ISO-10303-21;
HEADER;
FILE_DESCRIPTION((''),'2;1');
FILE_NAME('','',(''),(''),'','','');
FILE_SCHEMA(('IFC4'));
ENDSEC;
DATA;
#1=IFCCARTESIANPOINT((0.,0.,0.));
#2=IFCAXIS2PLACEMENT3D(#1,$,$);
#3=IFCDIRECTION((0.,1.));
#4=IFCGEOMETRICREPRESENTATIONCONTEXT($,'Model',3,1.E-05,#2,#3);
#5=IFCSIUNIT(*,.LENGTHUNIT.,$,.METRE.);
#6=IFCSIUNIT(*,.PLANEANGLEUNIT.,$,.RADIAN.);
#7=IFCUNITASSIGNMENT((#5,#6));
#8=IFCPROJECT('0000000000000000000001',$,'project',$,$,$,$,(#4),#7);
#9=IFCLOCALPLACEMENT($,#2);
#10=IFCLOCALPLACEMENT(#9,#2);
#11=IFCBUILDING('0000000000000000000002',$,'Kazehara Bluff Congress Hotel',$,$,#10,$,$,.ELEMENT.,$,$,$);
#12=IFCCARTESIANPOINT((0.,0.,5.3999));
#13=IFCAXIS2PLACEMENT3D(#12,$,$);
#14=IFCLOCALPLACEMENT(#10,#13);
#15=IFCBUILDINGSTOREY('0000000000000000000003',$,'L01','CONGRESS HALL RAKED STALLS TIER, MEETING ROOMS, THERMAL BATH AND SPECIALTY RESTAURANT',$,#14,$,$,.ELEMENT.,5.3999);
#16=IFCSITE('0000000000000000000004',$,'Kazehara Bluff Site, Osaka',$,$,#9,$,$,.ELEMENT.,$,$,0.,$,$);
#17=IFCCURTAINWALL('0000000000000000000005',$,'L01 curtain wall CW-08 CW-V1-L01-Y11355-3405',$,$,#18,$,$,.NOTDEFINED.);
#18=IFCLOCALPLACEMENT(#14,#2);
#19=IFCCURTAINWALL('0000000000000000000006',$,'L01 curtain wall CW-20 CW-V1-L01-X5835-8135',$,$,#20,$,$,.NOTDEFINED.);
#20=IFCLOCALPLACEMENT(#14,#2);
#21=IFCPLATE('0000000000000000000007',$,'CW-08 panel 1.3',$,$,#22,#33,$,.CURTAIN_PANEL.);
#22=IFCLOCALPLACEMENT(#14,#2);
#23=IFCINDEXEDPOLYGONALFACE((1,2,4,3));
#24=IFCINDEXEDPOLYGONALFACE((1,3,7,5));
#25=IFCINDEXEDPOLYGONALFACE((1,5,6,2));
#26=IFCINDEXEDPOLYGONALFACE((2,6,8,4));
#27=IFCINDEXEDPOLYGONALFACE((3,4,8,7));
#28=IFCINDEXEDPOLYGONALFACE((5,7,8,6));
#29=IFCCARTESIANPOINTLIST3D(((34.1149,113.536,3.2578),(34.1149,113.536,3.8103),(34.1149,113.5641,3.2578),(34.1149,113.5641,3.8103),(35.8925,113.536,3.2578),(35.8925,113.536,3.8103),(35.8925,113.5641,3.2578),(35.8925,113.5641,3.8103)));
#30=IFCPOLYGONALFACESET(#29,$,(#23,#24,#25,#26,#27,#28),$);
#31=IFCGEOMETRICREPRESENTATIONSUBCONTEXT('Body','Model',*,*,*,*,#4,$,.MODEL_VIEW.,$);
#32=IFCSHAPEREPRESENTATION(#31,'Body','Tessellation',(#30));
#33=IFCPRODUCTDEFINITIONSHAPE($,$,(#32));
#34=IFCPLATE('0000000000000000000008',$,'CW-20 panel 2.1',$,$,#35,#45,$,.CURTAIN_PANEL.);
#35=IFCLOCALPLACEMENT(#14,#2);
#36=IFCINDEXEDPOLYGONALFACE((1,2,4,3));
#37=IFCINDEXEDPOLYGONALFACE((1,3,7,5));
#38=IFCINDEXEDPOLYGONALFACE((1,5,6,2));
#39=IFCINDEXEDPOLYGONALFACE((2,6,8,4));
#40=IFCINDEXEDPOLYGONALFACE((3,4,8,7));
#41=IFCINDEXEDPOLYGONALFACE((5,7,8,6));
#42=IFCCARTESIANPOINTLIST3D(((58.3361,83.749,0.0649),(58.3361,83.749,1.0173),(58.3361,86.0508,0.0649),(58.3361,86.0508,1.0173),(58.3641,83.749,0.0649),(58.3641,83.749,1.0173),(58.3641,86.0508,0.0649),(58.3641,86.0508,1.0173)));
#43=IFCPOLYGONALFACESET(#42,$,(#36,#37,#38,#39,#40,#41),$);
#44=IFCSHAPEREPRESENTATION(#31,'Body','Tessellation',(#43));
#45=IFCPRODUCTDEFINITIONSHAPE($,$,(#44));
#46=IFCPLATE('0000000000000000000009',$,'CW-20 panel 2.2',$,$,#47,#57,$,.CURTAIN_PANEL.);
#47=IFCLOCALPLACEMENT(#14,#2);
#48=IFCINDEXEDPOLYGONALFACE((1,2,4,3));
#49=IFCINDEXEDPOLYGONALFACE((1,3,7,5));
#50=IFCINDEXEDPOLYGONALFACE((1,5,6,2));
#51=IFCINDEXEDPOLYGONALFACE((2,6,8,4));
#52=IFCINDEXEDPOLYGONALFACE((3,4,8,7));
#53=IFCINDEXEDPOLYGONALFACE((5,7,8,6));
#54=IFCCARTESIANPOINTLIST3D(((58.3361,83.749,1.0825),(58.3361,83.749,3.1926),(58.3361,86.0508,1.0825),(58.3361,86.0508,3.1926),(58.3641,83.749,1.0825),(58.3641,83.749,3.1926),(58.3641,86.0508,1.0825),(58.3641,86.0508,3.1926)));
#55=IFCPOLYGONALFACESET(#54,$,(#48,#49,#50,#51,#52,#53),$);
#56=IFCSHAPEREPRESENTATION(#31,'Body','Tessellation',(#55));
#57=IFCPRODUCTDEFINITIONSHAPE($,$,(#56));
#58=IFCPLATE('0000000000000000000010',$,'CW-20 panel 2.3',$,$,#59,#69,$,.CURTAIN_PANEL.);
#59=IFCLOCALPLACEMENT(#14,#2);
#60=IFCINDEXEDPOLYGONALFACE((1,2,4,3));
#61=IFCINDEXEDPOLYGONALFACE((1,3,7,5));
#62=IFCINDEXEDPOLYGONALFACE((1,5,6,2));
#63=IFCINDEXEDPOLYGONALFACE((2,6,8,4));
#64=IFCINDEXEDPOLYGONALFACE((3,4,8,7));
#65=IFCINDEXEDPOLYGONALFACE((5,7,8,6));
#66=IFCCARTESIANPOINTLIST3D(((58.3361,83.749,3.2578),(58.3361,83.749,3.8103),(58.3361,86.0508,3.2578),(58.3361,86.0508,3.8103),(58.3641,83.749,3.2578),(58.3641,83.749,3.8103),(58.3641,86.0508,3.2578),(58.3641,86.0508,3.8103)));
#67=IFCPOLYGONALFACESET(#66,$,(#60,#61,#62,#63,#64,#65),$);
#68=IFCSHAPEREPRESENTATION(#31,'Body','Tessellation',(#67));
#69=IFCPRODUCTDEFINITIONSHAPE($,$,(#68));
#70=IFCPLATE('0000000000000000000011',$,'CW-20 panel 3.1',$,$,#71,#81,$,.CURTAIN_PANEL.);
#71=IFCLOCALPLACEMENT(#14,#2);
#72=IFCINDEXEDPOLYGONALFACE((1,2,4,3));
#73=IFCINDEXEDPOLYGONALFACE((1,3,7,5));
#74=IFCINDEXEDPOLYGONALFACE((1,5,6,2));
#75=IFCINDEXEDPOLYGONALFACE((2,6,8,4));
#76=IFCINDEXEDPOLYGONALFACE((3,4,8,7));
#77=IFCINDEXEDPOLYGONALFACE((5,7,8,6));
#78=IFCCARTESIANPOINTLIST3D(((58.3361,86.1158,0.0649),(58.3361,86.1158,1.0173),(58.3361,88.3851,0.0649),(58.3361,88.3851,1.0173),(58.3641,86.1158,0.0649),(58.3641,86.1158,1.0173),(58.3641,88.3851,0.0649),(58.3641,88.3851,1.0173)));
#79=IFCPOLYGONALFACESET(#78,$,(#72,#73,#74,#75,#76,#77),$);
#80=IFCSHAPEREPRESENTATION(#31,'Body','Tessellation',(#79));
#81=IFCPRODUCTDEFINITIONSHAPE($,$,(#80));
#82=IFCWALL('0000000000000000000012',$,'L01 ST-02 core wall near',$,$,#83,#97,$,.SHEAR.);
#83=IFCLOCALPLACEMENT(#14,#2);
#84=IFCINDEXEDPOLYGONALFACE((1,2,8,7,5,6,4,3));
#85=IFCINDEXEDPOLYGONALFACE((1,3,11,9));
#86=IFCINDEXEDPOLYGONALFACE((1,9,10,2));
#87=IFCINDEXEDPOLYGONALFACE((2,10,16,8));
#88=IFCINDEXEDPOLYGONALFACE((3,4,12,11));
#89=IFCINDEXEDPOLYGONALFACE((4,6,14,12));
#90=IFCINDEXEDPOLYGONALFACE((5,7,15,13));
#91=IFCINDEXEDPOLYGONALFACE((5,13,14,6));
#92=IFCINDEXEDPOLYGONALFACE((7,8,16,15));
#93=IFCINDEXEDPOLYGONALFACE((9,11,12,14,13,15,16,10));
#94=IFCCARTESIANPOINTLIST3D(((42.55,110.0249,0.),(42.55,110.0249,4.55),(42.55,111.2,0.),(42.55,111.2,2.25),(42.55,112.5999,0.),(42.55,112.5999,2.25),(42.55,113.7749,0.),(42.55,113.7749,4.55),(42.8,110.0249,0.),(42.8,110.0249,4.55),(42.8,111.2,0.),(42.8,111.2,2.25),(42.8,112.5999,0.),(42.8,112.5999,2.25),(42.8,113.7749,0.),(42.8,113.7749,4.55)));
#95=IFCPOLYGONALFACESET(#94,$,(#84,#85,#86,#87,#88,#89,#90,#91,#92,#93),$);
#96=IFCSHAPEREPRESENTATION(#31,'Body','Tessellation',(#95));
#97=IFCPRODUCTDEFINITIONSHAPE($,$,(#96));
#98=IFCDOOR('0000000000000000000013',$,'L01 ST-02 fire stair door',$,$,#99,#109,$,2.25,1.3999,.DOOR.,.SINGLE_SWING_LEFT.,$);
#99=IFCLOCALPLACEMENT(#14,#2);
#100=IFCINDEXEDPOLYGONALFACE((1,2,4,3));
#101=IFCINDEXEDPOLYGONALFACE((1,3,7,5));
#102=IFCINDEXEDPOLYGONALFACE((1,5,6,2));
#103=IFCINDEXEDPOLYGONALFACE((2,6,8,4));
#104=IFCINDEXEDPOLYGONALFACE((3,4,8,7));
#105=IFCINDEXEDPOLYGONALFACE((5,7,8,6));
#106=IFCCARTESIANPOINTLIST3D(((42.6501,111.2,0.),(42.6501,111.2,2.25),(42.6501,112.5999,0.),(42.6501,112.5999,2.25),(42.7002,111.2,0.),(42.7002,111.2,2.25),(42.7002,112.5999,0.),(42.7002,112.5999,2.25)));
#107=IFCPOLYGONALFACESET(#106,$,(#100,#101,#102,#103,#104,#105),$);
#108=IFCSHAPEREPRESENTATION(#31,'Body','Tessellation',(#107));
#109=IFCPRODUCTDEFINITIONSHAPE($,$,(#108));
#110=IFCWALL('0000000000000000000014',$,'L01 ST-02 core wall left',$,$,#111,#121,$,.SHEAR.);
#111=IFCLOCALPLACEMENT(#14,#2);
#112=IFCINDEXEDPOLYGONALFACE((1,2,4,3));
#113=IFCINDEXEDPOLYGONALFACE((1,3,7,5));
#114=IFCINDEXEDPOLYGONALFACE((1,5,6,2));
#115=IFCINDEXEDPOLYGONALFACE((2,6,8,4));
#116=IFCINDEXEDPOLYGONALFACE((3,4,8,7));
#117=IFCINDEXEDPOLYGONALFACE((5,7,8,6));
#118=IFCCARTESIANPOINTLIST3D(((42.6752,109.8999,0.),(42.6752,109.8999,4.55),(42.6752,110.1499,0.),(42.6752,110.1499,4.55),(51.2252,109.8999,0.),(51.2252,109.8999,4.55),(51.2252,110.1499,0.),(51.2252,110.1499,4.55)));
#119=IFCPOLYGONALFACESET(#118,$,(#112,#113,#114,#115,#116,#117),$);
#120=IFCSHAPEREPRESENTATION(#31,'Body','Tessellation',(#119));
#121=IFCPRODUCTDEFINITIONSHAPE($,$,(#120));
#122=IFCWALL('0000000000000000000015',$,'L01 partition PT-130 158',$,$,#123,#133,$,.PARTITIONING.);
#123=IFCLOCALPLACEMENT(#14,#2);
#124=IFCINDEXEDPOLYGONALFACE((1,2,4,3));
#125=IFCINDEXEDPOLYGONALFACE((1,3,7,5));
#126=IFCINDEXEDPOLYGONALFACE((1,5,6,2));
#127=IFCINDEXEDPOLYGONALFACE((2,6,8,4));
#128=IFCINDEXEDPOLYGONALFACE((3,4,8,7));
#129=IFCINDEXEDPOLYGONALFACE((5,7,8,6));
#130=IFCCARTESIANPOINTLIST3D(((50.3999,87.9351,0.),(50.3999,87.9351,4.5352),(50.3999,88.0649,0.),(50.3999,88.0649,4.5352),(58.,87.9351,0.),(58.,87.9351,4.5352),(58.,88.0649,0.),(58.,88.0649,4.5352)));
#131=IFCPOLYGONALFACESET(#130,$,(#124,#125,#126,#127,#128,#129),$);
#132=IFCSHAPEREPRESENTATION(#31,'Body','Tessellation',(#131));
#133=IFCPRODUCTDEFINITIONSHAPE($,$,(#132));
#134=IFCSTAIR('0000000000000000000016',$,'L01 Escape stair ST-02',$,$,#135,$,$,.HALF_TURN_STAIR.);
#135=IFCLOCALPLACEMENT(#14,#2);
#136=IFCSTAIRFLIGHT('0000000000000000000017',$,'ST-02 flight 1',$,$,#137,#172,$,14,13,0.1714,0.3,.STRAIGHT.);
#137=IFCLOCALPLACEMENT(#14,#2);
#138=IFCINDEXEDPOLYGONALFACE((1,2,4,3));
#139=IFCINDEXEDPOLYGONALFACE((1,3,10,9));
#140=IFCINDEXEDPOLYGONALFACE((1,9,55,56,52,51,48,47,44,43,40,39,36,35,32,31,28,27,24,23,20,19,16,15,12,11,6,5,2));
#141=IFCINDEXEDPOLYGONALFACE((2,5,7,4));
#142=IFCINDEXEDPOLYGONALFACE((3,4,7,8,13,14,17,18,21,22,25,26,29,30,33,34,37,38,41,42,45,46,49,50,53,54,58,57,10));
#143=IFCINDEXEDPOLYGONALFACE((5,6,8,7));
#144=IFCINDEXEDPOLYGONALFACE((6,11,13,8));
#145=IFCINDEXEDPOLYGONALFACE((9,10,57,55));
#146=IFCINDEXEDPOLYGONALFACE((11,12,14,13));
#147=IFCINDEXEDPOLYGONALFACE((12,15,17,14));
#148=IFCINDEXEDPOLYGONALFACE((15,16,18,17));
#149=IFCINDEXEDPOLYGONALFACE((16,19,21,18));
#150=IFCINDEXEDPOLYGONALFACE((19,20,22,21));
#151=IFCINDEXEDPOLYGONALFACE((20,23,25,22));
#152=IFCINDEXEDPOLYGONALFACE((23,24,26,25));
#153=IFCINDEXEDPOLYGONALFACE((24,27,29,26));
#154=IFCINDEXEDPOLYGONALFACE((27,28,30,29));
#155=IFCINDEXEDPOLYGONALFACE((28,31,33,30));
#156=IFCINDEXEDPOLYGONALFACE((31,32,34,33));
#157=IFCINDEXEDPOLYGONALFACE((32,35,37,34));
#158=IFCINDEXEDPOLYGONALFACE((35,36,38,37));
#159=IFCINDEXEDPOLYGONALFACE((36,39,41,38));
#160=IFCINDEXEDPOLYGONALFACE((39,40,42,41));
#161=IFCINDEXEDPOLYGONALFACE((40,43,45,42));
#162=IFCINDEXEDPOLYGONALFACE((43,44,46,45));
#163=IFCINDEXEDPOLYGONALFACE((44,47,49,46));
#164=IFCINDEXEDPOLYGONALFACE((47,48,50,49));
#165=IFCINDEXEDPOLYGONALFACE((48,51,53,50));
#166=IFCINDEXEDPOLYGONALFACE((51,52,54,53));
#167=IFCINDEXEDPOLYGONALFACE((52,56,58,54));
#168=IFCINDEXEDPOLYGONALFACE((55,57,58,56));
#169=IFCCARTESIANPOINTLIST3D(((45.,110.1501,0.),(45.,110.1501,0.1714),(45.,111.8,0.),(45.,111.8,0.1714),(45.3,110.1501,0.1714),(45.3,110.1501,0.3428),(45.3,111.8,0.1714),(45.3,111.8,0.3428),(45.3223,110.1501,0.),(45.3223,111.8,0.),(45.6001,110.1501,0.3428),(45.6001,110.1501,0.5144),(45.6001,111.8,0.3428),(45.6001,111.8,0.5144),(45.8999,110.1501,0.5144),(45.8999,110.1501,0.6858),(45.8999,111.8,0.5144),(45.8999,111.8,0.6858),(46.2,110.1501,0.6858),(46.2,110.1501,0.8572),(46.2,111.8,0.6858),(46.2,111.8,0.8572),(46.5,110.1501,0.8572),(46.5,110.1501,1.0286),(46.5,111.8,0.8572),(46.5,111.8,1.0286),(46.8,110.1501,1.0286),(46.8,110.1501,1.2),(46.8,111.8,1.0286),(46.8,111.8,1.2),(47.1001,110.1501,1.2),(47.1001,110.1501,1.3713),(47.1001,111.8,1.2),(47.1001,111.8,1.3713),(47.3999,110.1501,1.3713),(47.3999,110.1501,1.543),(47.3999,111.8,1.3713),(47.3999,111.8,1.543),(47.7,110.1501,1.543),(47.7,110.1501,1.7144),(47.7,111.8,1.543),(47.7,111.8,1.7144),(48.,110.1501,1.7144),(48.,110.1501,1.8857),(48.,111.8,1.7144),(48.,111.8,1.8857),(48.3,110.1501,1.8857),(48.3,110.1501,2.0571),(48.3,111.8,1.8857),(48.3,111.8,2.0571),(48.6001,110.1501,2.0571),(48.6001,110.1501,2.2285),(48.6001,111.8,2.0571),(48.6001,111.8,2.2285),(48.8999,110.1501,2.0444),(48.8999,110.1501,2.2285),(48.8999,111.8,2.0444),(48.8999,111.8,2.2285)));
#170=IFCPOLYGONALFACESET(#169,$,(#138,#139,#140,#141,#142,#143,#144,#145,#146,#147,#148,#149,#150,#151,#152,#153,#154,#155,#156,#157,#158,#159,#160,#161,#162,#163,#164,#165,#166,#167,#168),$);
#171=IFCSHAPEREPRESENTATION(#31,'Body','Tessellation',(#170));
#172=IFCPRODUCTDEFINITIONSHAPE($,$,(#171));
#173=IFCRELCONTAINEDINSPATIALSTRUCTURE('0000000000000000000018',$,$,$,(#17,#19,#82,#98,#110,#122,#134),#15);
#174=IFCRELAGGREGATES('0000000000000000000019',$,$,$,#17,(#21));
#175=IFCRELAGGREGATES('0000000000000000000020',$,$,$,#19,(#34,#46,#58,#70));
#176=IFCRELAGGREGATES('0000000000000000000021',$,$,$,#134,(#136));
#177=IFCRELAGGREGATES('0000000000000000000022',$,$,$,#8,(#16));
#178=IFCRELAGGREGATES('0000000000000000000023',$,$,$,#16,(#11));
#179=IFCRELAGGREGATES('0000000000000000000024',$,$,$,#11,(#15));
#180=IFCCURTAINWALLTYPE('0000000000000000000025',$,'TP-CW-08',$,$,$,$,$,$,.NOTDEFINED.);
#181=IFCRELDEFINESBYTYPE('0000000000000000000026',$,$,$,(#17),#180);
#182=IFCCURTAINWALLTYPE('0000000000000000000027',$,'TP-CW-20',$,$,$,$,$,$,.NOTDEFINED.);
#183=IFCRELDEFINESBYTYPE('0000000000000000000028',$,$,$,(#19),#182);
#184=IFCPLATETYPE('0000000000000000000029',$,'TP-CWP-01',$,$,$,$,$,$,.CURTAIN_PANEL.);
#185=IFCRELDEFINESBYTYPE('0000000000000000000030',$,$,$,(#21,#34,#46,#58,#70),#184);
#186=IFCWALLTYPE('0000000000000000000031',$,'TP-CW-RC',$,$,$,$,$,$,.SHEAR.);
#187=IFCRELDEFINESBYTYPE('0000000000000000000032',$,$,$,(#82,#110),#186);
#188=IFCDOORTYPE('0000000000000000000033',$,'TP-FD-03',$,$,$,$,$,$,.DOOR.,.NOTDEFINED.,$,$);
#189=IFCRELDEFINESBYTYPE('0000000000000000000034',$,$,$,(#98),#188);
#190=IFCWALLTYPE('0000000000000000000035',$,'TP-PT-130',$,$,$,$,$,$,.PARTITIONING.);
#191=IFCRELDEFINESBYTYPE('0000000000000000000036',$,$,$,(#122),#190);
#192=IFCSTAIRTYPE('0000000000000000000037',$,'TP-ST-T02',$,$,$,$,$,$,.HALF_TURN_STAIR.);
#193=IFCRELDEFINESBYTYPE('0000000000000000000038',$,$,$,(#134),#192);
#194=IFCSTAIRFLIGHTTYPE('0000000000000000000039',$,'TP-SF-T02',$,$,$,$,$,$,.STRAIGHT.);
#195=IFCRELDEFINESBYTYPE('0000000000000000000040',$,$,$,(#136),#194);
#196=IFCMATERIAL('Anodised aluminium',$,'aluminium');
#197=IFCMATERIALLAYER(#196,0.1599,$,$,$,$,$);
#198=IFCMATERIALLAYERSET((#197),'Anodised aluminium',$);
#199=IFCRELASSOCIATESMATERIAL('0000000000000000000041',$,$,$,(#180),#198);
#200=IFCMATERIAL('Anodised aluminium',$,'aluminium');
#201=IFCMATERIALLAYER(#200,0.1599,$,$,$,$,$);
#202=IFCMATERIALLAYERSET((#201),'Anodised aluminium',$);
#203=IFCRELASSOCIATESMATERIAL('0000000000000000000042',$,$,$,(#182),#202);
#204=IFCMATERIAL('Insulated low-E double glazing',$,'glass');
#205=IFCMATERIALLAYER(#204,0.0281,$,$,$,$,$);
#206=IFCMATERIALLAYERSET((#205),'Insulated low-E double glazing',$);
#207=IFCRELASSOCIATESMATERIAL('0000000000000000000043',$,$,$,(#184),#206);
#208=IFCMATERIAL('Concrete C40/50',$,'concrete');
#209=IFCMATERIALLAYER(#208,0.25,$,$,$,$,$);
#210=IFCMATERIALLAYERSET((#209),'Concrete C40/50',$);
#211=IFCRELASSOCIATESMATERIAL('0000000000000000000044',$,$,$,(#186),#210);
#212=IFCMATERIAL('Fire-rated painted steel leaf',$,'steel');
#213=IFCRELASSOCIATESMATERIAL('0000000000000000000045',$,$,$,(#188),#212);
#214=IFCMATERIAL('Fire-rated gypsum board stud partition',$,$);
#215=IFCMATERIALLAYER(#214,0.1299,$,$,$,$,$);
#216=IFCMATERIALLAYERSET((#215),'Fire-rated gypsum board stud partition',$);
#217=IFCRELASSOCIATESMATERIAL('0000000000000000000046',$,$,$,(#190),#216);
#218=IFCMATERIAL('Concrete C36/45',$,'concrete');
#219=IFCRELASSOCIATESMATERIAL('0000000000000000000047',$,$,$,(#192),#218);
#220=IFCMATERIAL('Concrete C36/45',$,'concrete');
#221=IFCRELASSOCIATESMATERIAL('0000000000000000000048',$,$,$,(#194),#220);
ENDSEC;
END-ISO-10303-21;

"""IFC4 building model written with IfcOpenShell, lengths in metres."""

from ifc_helpers import new_model, si_unit, direction, frame, frame_2d, origin, origin_2d, place, context, subcontext, project, spatial, polyline, rectangle, outline, extrude, material, layer, layer_set, type_object, element, fill, aggregate, save


model = new_model("IFC4")

# Units and contexts
model_context = context("Model", 3, precision=1e-05, world=origin(), true_north=direction((0.0, 1.0)))
body_context = subcontext(model_context, "Body", "Model", "MODEL_VIEW")
ifc_project = project(units=[si_unit("LENGTHUNIT", "METRE"), si_unit("PLANEANGLEUNIT", "RADIAN")], contexts=[model_context])

# Site, building, storey
site_placement = place(None, origin())
site = spatial("IfcSite", under=ifc_project, at=site_placement, Name="Kazehara Bluff Site, Osaka", CompositionType="ELEMENT", RefElevation=0.0)
building_placement = place(site_placement, origin())
building = spatial("IfcBuilding", under=site, at=building_placement, Name="Kazehara Bluff Congress Hotel", CompositionType="ELEMENT")
storey_placement = place(building_placement, frame((0.0, 0.0, 5.3999)))
storey = spatial("IfcBuildingStorey", under=building, at=storey_placement, Name="L01", Description="CONGRESS HALL RAKED STALLS TIER, MEETING ROOMS, THERMAL BATH AND SPECIALTY RESTAURANT", CompositionType="ELEMENT", Elevation=5.3999)

# Curtain walls
ifc_material_1 = material(Name="Anodised aluminium", Category="aluminium")
ifc_layer_1 = layer(ifc_material_1, 0.1599)
ifc_layer_set_1 = layer_set([ifc_layer_1], Name="Anodised aluminium")
curtain_wall_type_1 = type_object("IfcCurtainWallType", Name="TP-CW-08", PredefinedType="NOTDEFINED", material=ifc_layer_set_1)
curtain_wall_1_placement = place(storey_placement, origin())
curtain_wall_1 = element("IfcCurtainWall", 1, at=curtain_wall_1_placement, inside=storey, type_object=curtain_wall_type_1, Name="L01 curtain wall CW-08 CW-V1-L01-Y11355-3405", PredefinedType="NOTDEFINED")
ifc_material_2 = material(Name="Anodised aluminium", Category="aluminium")
ifc_layer_2 = layer(ifc_material_2, 0.1599)
ifc_layer_set_2 = layer_set([ifc_layer_2], Name="Anodised aluminium")
curtain_wall_type_2 = type_object("IfcCurtainWallType", Name="TP-CW-20", PredefinedType="NOTDEFINED", material=ifc_layer_set_2)
curtain_wall_2_placement = place(storey_placement, origin())
curtain_wall_2 = element("IfcCurtainWall", 2, at=curtain_wall_2_placement, inside=storey, type_object=curtain_wall_type_2, Name="L01 curtain wall CW-20 CW-V1-L01-X5835-8135", PredefinedType="NOTDEFINED")

# Plates
ifc_material_3 = material(Name="Insulated low-E double glazing", Category="glass")
ifc_layer_3 = layer(ifc_material_3, 0.0281)
ifc_layer_set_3 = layer_set([ifc_layer_3], Name="Insulated low-E double glazing")
plate_type = type_object("IfcPlateType", Name="TP-CWP-01", PredefinedType="CURTAIN_PANEL", material=ifc_layer_set_3)
plate_1_placement = place(storey_placement, frame((35.0037, 113.55, 3.2578), z_axis=(0.0, 0.0, 1.0), x_axis=(1.0, 0.0, 0.0)))
plate_1 = element("IfcPlate", 3, at=plate_1_placement, type_object=plate_type, Name="CW-08 panel 1.3", PredefinedType="CURTAIN_PANEL", context=body_context, shape_type="SweptSolid", body=[
    extrude(rectangle(XDim=1.7776, YDim=0.0281, at=origin_2d()), origin(), (0.0, 0.0, 1.0), 0.5525),
])
aggregate(curtain_wall_1, [plate_1])
plate_2_placement = place(storey_placement, frame((58.3501, 84.8999, 0.0649), z_axis=(0.0, 0.0, 1.0), x_axis=(0.0, 1.0, 0.0)))
plate_2 = element("IfcPlate", 4, at=plate_2_placement, type_object=plate_type, Name="CW-20 panel 2.1", PredefinedType="CURTAIN_PANEL", context=body_context, shape_type="SweptSolid", body=[
    extrude(rectangle(XDim=2.3018, YDim=0.0281, at=origin_2d()), origin(), (0.0, 0.0, 1.0), 0.9524),
])
plate_3_placement = place(storey_placement, frame((58.3501, 84.8999, 1.0825), z_axis=(0.0, 0.0, 1.0), x_axis=(0.0, 1.0, 0.0)))
plate_3 = element("IfcPlate", 5, at=plate_3_placement, type_object=plate_type, Name="CW-20 panel 2.2", PredefinedType="CURTAIN_PANEL", context=body_context, shape_type="SweptSolid", body=[
    extrude(rectangle(XDim=2.3018, YDim=0.0281, at=origin_2d()), origin(), (0.0, 0.0, 1.0), 2.1101),
])
plate_4_placement = place(storey_placement, frame((58.3501, 84.8999, 3.2578), z_axis=(0.0, 0.0, 1.0), x_axis=(0.0, 1.0, 0.0)))
plate_4 = element("IfcPlate", 6, at=plate_4_placement, type_object=plate_type, Name="CW-20 panel 2.3", PredefinedType="CURTAIN_PANEL", context=body_context, shape_type="SweptSolid", body=[
    extrude(rectangle(XDim=2.3018, YDim=0.0281, at=origin_2d()), origin(), (0.0, 0.0, 1.0), 0.5525),
])
plate_5_placement = place(storey_placement, frame((58.3501, 87.2505, 0.0649), z_axis=(0.0, 0.0, 1.0), x_axis=(0.0, 1.0, 0.0)))
plate_5 = element("IfcPlate", 7, at=plate_5_placement, type_object=plate_type, Name="CW-20 panel 3.1", PredefinedType="CURTAIN_PANEL", context=body_context, shape_type="SweptSolid", body=[
    extrude(rectangle(XDim=2.2693, YDim=0.0281, at=origin_2d()), origin(), (0.0, 0.0, 1.0), 0.9524),
])
aggregate(curtain_wall_2, [plate_2, plate_3, plate_4, plate_5])

# Wall, opening, door
ifc_material_4 = material(Name="Concrete C40/50", Category="concrete")
ifc_layer_4 = layer(ifc_material_4, 0.25)
ifc_layer_set_4 = layer_set([ifc_layer_4], Name="Concrete C40/50")
wall_type_1 = type_object("IfcWallType", Name="TP-CW-RC", PredefinedType="SHEAR", material=ifc_layer_set_4)
wall_1_placement = place(storey_placement, frame((42.675, 110.0249, 0.0), z_axis=(0.0, 0.0, 1.0), x_axis=(0.0, 1.0, 0.0)))
wall_1 = element("IfcWall", 8, at=wall_1_placement, inside=storey, type_object=wall_type_1, Name="L01 ST-02 core wall near", PredefinedType="SHEAR", context=body_context, shape_type="SweptSolid", body=[
    extrude(rectangle(XDim=3.75, YDim=0.25, at=frame_2d((1.875, 0.0))), origin(), (0.0, 0.0, 1.0), 4.55),
])
opening_placement = place(wall_1_placement, frame((1.175, 0.0, 0.0)))
opening = element("IfcOpeningElement", 9, at=opening_placement, cuts=wall_1, PredefinedType="OPENING", context=body_context, shape_type="SweptSolid", body=[
    extrude(rectangle(XDim=1.3999, YDim=2.25, at=frame_2d((0.7, 1.125))), frame((0.0, 0.135, 0.0), z_axis=(0.0, -1.0, 0.0), x_axis=(1.0, 0.0, 0.0)), (0.0, 0.0, 1.0), 0.27),
])
ifc_material_5 = material(Name="Fire-rated painted steel leaf", Category="steel")
door_type = type_object("IfcDoorType", Name="TP-FD-03", OperationType="NOTDEFINED", PredefinedType="DOOR", material=ifc_material_5)
door_placement = place(opening_placement, origin())
door = element("IfcDoor", 10, at=door_placement, inside=storey, type_object=door_type, Name="L01 ST-02 fire stair door", OperationType="SINGLE_SWING_LEFT", OverallHeight=2.25, OverallWidth=1.3999, PredefinedType="DOOR", context=body_context, shape_type="SweptSolid", body=[
    extrude(rectangle(XDim=1.3999, YDim=2.25, at=frame_2d((0.7, 1.125))), frame((0.0, 0.0249, 0.0), z_axis=(0.0, -1.0, 0.0), x_axis=(1.0, 0.0, 0.0)), (0.0, 0.0, 1.0), 0.05),
])
fill(opening, door)

# Walls
wall_2_placement = place(storey_placement, frame((51.2251, 110.0249, 0.0), z_axis=(0.0, 0.0, 1.0), x_axis=(-1.0, 0.0, 0.0)))
element("IfcWall", 11, at=wall_2_placement, inside=storey, type_object=wall_type_1, Name="L01 ST-02 core wall left", PredefinedType="SHEAR", context=body_context, shape_type="SweptSolid", body=[
    extrude(rectangle(XDim=8.55, YDim=0.25, at=frame_2d((4.2749, 0.0))), origin(), (0.0, 0.0, 1.0), 4.55),
])
ifc_material_6 = material(Name="Fire-rated gypsum board stud partition")
ifc_layer_5 = layer(ifc_material_6, 0.1299)
ifc_layer_set_5 = layer_set([ifc_layer_5], Name="Fire-rated gypsum board stud partition")
wall_type_2 = type_object("IfcWallType", Name="TP-PT-130", PredefinedType="PARTITIONING", material=ifc_layer_set_5)
wall_3_placement = place(storey_placement, frame((50.3999, 88.0, 0.0), z_axis=(0.0, 0.0, 1.0), x_axis=(1.0, 0.0, 0.0)))
element("IfcWall", 12, at=wall_3_placement, inside=storey, type_object=wall_type_2, Name="L01 partition PT-130 158", PredefinedType="PARTITIONING", context=body_context, shape_type="SweptSolid", body=[
    extrude(rectangle(XDim=7.6001, YDim=0.1299, at=frame_2d((3.8, 0.0))), origin(), (0.0, 0.0, 1.0), 4.5352),
])

# Stair, stair flight
ifc_material_7 = material(Name="Concrete C36/45", Category="concrete")
stair_type = type_object("IfcStairType", Name="TP-ST-T02", PredefinedType="HALF_TURN_STAIR", material=ifc_material_7)
stair_placement = place(storey_placement, origin())
stair = element("IfcStair", 13, at=stair_placement, inside=storey, type_object=stair_type, Name="L01 Escape stair ST-02", PredefinedType="HALF_TURN_STAIR")
ifc_material_8 = material(Name="Concrete C36/45", Category="concrete")
stair_flight_type = type_object("IfcStairFlightType", Name="TP-SF-T02", PredefinedType="STRAIGHT", material=ifc_material_8)
stair_flight_1_placement = place(storey_placement, frame((45.0, 110.9751, 0.0), z_axis=(0.0, 0.0, 1.0), x_axis=(1.0, 0.0, 0.0)))
stair_flight_1 = element("IfcStairFlight", 14, at=stair_flight_1_placement, type_object=stair_flight_type, Name="ST-02 flight 1", NumberOfRisers=14, NumberOfTreads=13, PredefinedType="STRAIGHT", RiserHeight=0.1714, TreadLength=0.3, context=body_context, shape_type="SweptSolid", body=[
    extrude(outline(polyline([(0.0, 0.0), (0.0, 0.1714), (0.3, 0.1714), (0.3, 0.3428), (0.6001, 0.3428), (0.6001, 0.5144), (0.8999, 0.5144), (0.8999, 0.6858), (1.2, 0.6858), (1.2, 0.8572), (1.5, 0.8572), (1.5, 1.0286), (1.8, 1.0286), (1.8, 1.2), (2.1001, 1.2), (2.1001, 1.3713), (2.3999, 1.3713), (2.3999, 1.543), (2.7, 1.543), (2.7, 1.7144), (3.0, 1.7144), (3.0, 1.8857), (3.3, 1.8857), (3.3, 2.0571), (3.6001, 2.0571), (3.6001, 2.2285), (3.8999, 2.2285), (3.8999, 2.3999), (3.8999, 2.0444), (0.3223, 0.0), (0.0, 0.0)])), frame((0.0, 0.825, 0.0), z_axis=(0.0, -1.0, 0.0), x_axis=(1.0, 0.0, 0.0)), (0.0, 0.0, 1.0), 1.6499),
])
aggregate(stair, [stair_flight_1])

save(model, "model.ifc")
